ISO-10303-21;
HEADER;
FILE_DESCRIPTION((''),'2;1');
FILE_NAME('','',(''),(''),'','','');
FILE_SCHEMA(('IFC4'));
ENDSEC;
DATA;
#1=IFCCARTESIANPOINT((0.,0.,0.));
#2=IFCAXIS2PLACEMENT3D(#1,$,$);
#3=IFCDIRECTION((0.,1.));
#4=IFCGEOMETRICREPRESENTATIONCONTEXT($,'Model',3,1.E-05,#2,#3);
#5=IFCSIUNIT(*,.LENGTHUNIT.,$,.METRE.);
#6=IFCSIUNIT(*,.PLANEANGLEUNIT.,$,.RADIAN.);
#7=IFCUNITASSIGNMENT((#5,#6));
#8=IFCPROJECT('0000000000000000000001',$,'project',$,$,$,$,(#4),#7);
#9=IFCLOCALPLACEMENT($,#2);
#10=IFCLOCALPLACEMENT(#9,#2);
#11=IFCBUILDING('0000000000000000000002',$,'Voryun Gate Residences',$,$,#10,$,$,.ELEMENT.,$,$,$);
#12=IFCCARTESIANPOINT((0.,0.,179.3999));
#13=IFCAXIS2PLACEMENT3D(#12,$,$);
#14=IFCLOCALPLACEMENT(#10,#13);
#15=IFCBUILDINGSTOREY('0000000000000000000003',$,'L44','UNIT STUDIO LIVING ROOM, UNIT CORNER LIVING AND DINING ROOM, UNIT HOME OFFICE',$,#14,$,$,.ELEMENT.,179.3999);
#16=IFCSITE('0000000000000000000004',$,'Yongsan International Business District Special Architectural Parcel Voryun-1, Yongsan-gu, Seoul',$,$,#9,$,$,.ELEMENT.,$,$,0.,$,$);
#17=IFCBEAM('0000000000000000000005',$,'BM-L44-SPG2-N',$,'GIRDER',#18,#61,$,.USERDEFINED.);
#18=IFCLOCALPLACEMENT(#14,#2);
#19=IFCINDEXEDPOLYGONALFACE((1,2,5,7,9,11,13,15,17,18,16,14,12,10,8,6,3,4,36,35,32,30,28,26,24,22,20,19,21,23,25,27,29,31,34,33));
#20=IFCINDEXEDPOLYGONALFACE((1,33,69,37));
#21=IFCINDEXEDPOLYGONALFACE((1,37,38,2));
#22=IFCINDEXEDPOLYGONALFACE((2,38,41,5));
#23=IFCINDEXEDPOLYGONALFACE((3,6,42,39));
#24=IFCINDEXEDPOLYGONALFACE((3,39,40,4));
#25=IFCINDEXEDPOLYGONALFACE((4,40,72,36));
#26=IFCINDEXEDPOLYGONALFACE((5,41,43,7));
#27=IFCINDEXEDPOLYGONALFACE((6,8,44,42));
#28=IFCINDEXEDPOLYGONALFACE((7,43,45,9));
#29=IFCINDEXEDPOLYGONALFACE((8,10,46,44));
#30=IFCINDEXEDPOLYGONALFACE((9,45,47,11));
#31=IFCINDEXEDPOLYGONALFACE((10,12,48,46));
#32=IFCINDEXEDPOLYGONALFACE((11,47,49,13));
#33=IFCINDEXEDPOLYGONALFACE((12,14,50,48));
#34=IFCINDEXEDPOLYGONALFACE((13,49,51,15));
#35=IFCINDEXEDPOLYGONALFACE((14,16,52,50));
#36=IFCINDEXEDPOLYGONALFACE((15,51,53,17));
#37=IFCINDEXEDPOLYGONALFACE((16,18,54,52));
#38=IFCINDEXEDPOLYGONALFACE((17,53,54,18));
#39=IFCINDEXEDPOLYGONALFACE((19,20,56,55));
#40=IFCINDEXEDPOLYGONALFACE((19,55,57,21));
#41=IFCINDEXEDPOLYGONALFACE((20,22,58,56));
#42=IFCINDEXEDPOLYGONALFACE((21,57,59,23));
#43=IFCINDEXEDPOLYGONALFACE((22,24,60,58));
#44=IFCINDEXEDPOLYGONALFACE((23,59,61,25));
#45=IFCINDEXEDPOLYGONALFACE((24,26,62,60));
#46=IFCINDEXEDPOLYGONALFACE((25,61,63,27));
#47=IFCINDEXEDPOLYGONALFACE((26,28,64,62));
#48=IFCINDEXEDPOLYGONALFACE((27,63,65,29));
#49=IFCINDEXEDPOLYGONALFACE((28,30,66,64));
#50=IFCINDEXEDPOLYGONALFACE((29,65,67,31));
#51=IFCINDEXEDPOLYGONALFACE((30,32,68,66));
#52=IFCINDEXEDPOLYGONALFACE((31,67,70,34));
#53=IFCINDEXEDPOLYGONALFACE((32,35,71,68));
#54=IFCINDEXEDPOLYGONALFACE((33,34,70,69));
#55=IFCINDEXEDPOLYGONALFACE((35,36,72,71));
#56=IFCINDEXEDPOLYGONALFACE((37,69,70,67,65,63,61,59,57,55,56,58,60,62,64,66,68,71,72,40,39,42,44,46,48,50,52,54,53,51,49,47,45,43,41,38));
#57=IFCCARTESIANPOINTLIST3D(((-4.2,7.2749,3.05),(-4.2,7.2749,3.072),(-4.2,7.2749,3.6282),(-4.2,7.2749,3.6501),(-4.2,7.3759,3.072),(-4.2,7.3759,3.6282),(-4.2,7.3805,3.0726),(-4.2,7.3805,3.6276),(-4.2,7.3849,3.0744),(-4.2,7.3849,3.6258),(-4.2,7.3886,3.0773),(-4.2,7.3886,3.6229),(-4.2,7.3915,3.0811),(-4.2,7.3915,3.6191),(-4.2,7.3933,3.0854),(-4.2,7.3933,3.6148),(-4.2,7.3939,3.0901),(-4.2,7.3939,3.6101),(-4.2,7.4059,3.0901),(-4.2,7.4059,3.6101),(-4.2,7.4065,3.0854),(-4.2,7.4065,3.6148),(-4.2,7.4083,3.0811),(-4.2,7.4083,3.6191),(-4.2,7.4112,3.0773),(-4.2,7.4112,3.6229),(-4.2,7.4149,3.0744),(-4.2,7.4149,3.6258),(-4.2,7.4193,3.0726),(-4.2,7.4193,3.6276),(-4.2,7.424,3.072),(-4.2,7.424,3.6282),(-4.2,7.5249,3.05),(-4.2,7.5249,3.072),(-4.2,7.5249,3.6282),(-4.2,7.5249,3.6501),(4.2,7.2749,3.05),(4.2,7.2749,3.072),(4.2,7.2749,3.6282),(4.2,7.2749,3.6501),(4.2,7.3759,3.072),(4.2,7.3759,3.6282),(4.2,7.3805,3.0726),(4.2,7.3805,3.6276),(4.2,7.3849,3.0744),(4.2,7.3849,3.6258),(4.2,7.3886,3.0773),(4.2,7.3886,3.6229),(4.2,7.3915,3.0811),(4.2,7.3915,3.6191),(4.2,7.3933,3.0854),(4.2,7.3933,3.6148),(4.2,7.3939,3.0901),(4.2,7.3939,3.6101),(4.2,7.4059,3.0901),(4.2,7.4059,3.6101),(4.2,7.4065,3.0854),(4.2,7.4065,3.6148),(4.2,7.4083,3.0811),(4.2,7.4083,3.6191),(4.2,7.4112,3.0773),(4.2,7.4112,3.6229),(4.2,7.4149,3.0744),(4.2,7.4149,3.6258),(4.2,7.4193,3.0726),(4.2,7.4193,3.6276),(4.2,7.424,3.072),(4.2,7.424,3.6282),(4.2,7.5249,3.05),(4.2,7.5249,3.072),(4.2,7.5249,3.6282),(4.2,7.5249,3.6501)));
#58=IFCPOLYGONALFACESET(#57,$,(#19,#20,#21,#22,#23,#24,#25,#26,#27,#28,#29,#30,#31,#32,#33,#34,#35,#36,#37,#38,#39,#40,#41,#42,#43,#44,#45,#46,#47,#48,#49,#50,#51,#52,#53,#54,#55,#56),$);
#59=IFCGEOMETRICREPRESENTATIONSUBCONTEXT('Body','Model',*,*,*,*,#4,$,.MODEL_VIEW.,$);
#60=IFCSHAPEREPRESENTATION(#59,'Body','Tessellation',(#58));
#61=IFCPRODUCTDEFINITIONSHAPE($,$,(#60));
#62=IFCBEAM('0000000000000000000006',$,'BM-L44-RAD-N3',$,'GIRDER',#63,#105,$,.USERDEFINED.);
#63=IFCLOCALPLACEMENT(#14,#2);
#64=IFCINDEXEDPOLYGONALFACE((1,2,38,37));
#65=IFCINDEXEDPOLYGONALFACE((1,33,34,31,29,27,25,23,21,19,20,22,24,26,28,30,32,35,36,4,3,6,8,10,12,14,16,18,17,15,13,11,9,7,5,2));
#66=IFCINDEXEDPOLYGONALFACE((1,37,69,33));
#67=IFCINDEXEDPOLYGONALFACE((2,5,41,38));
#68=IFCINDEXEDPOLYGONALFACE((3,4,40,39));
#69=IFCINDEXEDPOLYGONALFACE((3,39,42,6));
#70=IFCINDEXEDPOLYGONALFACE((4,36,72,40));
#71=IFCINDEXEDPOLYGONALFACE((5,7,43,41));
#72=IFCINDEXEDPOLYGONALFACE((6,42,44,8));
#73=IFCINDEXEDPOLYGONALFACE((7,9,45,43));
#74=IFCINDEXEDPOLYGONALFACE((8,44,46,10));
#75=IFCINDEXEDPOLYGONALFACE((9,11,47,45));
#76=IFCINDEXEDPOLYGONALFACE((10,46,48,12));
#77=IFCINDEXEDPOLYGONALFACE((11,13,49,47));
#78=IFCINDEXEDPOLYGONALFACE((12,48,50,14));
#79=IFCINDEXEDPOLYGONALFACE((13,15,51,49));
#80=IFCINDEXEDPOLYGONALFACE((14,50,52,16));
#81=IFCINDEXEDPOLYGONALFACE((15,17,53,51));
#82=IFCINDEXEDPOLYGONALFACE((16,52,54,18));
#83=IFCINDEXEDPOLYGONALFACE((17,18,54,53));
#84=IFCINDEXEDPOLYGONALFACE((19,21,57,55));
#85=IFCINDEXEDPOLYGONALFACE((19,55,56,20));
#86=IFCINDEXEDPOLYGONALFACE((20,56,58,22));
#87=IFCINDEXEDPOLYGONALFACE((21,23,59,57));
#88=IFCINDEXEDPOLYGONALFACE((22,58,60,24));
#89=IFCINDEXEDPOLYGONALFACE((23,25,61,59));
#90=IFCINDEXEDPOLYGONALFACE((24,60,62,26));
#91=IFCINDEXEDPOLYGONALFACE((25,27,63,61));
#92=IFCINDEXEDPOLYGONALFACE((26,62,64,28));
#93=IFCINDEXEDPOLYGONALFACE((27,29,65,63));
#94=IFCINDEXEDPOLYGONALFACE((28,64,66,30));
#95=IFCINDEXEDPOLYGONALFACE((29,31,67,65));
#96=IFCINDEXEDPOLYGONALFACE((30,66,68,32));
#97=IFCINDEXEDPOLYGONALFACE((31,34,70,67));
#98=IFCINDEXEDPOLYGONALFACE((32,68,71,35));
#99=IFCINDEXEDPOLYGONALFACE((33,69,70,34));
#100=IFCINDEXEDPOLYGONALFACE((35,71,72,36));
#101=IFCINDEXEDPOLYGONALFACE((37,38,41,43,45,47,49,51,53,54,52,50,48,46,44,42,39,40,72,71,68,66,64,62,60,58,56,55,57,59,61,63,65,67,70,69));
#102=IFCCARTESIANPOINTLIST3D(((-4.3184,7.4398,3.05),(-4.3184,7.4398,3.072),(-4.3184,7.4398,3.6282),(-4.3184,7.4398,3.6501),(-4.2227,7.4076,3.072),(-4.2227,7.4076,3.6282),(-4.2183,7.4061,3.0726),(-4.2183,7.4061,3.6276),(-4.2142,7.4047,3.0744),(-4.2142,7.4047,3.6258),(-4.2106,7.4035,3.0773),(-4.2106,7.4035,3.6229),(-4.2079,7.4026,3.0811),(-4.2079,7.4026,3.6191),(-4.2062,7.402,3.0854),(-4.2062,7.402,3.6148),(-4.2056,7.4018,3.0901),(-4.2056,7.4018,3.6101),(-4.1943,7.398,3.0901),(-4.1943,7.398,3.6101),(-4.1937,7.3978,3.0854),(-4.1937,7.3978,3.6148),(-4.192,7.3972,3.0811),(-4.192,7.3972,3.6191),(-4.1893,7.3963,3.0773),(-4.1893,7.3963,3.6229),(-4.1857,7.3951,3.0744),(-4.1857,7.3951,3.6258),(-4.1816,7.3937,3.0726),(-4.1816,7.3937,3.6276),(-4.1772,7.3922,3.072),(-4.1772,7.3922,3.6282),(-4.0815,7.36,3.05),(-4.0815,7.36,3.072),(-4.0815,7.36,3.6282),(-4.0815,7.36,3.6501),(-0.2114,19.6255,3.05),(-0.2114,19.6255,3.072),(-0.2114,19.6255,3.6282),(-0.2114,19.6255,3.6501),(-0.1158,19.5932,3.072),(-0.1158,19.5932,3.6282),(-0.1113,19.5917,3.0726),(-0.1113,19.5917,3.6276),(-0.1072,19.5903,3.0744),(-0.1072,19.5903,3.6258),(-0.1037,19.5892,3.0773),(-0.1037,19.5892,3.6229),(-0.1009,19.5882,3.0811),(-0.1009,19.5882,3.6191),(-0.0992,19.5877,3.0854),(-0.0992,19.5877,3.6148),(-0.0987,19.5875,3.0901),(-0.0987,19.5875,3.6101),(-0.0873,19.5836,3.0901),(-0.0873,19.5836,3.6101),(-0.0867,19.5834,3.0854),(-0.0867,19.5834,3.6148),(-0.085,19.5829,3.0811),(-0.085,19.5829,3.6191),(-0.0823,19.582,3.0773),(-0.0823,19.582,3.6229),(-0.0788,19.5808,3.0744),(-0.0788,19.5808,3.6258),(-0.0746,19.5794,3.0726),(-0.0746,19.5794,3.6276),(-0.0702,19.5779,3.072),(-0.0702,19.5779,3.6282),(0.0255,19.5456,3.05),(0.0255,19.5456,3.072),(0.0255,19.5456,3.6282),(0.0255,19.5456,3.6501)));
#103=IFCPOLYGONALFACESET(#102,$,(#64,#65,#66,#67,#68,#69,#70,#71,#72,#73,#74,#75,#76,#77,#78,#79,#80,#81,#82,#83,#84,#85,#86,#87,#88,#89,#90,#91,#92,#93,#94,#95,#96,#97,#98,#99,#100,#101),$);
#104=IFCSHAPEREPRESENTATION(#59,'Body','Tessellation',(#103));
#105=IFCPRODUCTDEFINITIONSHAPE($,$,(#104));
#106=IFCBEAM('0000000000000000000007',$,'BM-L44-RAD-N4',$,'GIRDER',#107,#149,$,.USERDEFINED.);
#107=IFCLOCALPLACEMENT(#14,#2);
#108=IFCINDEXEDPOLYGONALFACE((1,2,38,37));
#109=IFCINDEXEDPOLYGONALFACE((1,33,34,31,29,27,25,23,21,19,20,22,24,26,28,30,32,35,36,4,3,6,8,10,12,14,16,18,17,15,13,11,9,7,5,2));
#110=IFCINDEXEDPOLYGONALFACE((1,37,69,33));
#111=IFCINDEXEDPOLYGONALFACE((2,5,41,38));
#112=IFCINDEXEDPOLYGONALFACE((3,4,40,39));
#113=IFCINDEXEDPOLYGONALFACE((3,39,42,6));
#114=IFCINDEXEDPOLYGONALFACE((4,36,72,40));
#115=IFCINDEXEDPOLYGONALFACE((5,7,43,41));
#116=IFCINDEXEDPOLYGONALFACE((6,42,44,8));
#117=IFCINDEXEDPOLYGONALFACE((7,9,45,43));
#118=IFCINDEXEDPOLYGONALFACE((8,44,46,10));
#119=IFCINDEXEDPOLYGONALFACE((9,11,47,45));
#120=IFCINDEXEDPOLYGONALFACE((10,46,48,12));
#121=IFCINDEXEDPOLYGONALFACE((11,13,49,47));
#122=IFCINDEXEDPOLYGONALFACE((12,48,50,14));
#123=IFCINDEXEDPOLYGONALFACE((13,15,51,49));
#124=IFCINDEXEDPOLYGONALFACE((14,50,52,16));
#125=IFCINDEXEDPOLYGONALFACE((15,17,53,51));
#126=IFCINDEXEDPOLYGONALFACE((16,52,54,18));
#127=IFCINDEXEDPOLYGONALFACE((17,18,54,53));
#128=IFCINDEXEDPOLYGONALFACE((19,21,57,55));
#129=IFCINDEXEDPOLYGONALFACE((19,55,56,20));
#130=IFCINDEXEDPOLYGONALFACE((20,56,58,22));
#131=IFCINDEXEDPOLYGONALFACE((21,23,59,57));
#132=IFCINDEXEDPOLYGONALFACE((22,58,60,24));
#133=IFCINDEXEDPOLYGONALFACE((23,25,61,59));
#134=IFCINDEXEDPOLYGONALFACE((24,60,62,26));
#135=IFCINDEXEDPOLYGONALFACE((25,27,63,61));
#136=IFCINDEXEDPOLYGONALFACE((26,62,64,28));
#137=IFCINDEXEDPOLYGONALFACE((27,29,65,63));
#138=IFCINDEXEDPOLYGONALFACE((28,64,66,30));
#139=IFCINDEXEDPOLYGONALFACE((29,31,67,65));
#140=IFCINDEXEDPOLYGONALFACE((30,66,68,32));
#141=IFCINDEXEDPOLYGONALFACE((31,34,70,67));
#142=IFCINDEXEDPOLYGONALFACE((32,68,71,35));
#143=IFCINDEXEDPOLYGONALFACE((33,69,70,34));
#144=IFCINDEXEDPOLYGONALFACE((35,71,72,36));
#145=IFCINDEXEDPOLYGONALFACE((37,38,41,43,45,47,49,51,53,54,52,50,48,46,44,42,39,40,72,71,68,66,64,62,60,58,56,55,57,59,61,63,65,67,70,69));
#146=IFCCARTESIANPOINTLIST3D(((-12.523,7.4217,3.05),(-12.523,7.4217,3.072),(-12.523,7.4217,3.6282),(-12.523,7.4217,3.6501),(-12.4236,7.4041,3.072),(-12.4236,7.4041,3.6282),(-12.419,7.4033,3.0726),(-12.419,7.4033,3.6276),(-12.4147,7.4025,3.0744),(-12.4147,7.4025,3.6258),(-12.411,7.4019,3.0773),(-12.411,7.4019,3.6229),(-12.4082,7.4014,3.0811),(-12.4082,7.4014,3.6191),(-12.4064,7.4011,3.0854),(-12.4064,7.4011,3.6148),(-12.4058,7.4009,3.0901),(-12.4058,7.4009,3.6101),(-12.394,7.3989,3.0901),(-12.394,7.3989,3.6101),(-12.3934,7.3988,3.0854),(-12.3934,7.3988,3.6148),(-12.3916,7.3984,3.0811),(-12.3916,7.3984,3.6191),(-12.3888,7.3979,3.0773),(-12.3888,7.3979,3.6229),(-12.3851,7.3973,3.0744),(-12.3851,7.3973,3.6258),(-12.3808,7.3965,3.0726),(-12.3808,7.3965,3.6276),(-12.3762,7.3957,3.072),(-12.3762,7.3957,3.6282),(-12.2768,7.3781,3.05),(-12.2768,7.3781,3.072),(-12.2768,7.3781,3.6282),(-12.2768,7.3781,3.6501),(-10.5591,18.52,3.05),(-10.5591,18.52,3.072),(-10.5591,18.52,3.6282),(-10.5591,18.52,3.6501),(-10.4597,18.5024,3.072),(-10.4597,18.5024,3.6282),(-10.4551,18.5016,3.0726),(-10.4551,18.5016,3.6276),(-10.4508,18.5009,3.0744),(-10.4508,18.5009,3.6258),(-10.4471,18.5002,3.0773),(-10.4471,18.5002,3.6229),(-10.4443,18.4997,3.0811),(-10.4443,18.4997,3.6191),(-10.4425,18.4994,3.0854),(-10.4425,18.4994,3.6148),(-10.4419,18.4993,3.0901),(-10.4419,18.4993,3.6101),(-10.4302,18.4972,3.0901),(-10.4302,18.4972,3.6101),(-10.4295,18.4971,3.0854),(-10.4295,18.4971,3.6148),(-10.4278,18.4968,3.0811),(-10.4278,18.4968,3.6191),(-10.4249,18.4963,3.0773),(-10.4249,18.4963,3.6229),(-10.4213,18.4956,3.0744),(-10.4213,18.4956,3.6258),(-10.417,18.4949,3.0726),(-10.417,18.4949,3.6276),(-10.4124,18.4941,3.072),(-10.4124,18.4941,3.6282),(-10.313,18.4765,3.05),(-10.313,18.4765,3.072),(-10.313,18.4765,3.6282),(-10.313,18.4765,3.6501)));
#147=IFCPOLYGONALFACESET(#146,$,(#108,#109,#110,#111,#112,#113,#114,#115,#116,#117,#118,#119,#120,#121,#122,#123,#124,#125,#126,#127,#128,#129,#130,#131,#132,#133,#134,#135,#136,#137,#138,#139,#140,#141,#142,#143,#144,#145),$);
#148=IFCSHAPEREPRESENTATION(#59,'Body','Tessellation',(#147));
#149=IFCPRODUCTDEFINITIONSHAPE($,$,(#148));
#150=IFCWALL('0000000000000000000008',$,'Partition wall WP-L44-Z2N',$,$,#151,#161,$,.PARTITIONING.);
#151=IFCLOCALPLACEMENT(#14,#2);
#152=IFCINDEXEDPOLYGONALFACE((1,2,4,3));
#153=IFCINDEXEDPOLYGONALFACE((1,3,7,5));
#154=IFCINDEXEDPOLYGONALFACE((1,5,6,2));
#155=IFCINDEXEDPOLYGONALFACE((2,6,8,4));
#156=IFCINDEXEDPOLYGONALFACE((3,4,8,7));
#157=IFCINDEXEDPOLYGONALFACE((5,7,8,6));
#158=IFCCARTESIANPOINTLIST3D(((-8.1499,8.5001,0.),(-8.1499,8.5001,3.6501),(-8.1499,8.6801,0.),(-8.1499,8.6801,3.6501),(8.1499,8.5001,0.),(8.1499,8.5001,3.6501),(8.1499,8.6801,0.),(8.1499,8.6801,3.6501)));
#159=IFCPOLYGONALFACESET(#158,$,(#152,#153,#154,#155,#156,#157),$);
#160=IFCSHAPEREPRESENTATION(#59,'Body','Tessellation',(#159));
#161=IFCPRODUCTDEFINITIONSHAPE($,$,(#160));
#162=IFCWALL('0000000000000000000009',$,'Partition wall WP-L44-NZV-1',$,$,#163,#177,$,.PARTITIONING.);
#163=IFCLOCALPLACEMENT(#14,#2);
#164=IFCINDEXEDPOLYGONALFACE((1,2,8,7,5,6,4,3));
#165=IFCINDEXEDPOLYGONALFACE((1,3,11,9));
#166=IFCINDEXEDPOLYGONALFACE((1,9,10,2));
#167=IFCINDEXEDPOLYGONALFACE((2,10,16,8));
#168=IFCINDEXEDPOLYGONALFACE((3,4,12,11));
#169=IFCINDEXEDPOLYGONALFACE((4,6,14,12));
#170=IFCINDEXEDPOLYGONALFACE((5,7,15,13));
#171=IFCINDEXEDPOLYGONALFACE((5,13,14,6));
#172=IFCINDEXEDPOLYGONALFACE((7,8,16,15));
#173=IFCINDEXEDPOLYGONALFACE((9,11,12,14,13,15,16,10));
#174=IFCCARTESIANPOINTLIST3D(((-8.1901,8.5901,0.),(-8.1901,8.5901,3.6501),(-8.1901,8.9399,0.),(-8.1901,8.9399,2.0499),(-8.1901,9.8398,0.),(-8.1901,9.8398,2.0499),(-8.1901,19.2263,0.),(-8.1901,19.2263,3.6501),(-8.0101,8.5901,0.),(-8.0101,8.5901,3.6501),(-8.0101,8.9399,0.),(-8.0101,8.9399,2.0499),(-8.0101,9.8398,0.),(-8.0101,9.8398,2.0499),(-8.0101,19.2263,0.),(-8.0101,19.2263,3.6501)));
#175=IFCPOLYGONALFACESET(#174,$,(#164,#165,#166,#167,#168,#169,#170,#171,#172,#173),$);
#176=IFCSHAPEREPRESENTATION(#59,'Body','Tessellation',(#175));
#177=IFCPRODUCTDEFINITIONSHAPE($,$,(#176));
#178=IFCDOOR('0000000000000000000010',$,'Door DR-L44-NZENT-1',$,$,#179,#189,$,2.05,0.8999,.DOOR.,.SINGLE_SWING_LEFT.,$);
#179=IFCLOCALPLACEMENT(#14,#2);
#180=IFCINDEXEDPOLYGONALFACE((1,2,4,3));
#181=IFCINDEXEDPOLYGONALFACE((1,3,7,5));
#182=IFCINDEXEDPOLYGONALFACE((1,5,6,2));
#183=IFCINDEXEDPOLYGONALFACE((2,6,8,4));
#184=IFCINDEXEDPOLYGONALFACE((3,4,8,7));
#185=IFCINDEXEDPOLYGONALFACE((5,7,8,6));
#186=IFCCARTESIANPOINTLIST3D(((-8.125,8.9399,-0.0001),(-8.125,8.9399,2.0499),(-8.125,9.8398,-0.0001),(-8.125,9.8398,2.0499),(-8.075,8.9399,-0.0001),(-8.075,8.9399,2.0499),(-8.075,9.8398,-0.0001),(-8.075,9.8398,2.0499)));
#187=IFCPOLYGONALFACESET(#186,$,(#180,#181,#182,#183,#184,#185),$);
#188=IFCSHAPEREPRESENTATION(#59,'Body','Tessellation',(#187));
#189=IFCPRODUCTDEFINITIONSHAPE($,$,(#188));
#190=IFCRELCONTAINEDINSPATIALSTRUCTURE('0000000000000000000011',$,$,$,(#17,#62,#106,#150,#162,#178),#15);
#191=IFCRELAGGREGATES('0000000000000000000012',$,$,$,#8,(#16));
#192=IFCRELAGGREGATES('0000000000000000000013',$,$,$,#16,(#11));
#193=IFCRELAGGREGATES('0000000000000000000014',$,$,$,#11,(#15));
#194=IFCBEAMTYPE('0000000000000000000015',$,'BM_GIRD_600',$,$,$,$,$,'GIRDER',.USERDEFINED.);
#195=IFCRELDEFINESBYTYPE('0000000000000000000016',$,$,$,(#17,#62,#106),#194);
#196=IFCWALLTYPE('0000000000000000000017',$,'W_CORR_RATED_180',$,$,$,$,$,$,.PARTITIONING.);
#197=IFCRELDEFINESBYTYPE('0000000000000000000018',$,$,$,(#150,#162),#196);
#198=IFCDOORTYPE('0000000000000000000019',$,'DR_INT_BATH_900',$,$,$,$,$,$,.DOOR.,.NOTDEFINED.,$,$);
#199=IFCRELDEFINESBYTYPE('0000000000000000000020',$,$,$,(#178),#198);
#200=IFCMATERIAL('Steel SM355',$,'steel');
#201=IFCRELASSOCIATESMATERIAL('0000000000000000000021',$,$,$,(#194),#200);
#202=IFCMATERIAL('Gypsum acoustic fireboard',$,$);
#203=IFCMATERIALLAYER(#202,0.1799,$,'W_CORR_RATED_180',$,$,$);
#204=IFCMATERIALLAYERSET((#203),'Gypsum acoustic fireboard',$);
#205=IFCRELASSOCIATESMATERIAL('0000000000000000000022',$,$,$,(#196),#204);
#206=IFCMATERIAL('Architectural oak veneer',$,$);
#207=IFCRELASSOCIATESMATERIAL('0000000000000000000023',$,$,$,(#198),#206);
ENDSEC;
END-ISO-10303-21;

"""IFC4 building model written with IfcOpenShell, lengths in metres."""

from ifc_helpers import new_model, si_unit, direction, frame, frame_2d, origin, origin_2d, place, context, subcontext, project, spatial, rectangle, i_section, extrude, material, layer, layer_set, material_profile, profile_set, type_object, element, fill, save


model = new_model("IFC4")

# Units and contexts
model_context = context("Model", 3, precision=1e-05, world=origin(), true_north=direction((0.0, 1.0)))
body_context = subcontext(model_context, "Body", "Model", "MODEL_VIEW")
ifc_project = project(units=[si_unit("LENGTHUNIT", "METRE"), si_unit("PLANEANGLEUNIT", "RADIAN")], contexts=[model_context])

# Site, building, storey
site_placement = place(None, origin())
site = spatial("IfcSite", under=ifc_project, at=site_placement, Name="Yongsan International Business District Special Architectural Parcel Voryun-1, Yongsan-gu, Seoul", CompositionType="ELEMENT", RefElevation=0.0)
building_placement = place(site_placement, origin())
building = spatial("IfcBuilding", under=site, at=building_placement, Name="Voryun Gate Residences", CompositionType="ELEMENT")
storey_placement = place(building_placement, frame((0.0, 0.0, 179.3999)))
storey = spatial("IfcBuildingStorey", under=building, at=storey_placement, Name="L44", Description="UNIT STUDIO LIVING ROOM, UNIT CORNER LIVING AND DINING ROOM, UNIT HOME OFFICE", CompositionType="ELEMENT", Elevation=179.3999)

# Beams
ifc_material_1 = material(Name="Steel SM355", Category="steel")
ifc_material_profile_1 = material_profile(ifc_material_1, i_section(OverallWidth=0.25, OverallDepth=0.6001, WebThickness=0.012, FlangeThickness=0.022, FilletRadius=0.0181, at=origin_2d()), Name="H-600x250x12x22")
ifc_profile_set_1 = profile_set([ifc_material_profile_1], Name="Steel SM355")
beam_type_1 = type_object("IfcBeamType", Name="BM_GIRD_600", ElementType="GIRDER", PredefinedType="USERDEFINED", material=ifc_profile_set_1)
beam_1_placement = place(storey_placement, frame((-4.2, 7.3999, 3.3501), z_axis=(1.0, 0.0, 0.0), x_axis=(0.0, 1.0, 0.0)))
element("IfcBeam", 1, at=beam_1_placement, inside=storey, type_object=beam_type_1, Name="BM-L44-SPG2-N", ObjectType="GIRDER", PredefinedType="USERDEFINED", context=body_context, shape_type="SweptSolid", body=[
    extrude(i_section(OverallWidth=0.25, OverallDepth=0.6001, WebThickness=0.012, FlangeThickness=0.022, FilletRadius=0.0181, at=origin_2d()), origin(), (0.0, 0.0, 1.0), 8.3999),
])
beam_2_placement = place(storey_placement, frame((-4.2, 7.3999, 3.3501), z_axis=(0.319381, 0.947626, 0.0), x_axis=(-0.947626, 0.319381, 0.0)))
element("IfcBeam", 2, at=beam_2_placement, inside=storey, type_object=beam_type_1, Name="BM-L44-RAD-N3", ObjectType="GIRDER", PredefinedType="USERDEFINED", context=body_context, shape_type="SweptSolid", body=[
    extrude(i_section(OverallWidth=0.25, OverallDepth=0.6001, WebThickness=0.012, FlangeThickness=0.022, FilletRadius=0.0181, at=origin_2d()), origin(), (0.0, 0.0, 1.0), 12.8591),
])
beam_3_placement = place(storey_placement, frame((-12.3999, 7.3999, 3.3501), z_axis=(0.174244, 0.984703, 0.0), x_axis=(-0.984703, 0.174244, 0.0)))
element("IfcBeam", 3, at=beam_3_placement, inside=storey, type_object=beam_type_1, Name="BM-L44-RAD-N4", ObjectType="GIRDER", PredefinedType="USERDEFINED", context=body_context, shape_type="SweptSolid", body=[
    extrude(i_section(OverallWidth=0.25, OverallDepth=0.6001, WebThickness=0.012, FlangeThickness=0.022, FilletRadius=0.0181, at=origin_2d()), origin(), (0.0, 0.0, 1.0), 11.2708),
])

# Wall
ifc_material_2 = material(Name="Gypsum acoustic fireboard")
ifc_layer_1 = layer(ifc_material_2, 0.1799, Name="W_CORR_RATED_180")
ifc_layer_set_1 = layer_set([ifc_layer_1], Name="Gypsum acoustic fireboard")
wall_type_1 = type_object("IfcWallType", Name="W_CORR_RATED_180", PredefinedType="PARTITIONING", material=ifc_layer_set_1)
wall_1_placement = place(storey_placement, frame((-8.1499, 8.5901, 0.0), z_axis=(0.0, 0.0, 1.0), x_axis=(1.0, 0.0, 0.0)))
element("IfcWall", 4, at=wall_1_placement, inside=storey, type_object=wall_type_1, Name="Partition wall WP-L44-Z2N", PredefinedType="PARTITIONING", context=body_context, shape_type="SweptSolid", body=[
    extrude(rectangle(XDim=16.2998, YDim=0.1799, at=frame_2d((8.1499, 0.0))), origin(), (0.0, 0.0, 1.0), 3.6501),
])

# Wall, opening, door
wall_2_placement = place(storey_placement, frame((-8.1001, 8.5901, 0.0), z_axis=(0.0, 0.0, 1.0), x_axis=(0.0, 1.0, 0.0)))
wall_2 = element("IfcWall", 5, at=wall_2_placement, inside=storey, type_object=wall_type_1, Name="Partition wall WP-L44-NZV-1", PredefinedType="PARTITIONING", context=body_context, shape_type="SweptSolid", body=[
    extrude(rectangle(XDim=10.6362, YDim=0.1799, at=frame_2d((5.3181, 0.0))), origin(), (0.0, 0.0, 1.0), 3.6501),
])
opening_1_placement = place(wall_2_placement, frame((0.3499, 0.0, 0.0)))
opening_1 = element("IfcOpeningElement", 6, at=opening_1_placement, cuts=wall_2, PredefinedType="OPENING", context=body_context, shape_type="SweptSolid", body=[
    extrude(rectangle(XDim=0.8999, YDim=2.05, at=frame_2d((0.45, 1.0249))), frame((0.0, 0.0999, 0.0), z_axis=(0.0, -1.0, 0.0), x_axis=(1.0, 0.0, 0.0)), (0.0, 0.0, 1.0), 0.2),
])
ifc_material_3 = material(Name="Architectural oak veneer")
door_type = type_object("IfcDoorType", Name="DR_INT_BATH_900", OperationType="NOTDEFINED", PredefinedType="DOOR", material=ifc_material_3)
door_1_placement = place(opening_1_placement, origin())
door_1 = element("IfcDoor", 7, at=door_1_placement, inside=storey, type_object=door_type, Name="Door DR-L44-NZENT-1", OperationType="SINGLE_SWING_LEFT", OverallHeight=2.05, OverallWidth=0.8999, PredefinedType="DOOR", context=body_context, shape_type="SweptSolid", body=[
    extrude(rectangle(XDim=0.8999, YDim=2.05, at=frame_2d((0.45, 1.0249))), frame((0.0, 0.0249, 0.0), z_axis=(0.0, -1.0, 0.0), x_axis=(1.0, 0.0, 0.0)), (0.0, 0.0, 1.0), 0.05),
])
fill(opening_1, door_1)

save(model, "model.ifc")
